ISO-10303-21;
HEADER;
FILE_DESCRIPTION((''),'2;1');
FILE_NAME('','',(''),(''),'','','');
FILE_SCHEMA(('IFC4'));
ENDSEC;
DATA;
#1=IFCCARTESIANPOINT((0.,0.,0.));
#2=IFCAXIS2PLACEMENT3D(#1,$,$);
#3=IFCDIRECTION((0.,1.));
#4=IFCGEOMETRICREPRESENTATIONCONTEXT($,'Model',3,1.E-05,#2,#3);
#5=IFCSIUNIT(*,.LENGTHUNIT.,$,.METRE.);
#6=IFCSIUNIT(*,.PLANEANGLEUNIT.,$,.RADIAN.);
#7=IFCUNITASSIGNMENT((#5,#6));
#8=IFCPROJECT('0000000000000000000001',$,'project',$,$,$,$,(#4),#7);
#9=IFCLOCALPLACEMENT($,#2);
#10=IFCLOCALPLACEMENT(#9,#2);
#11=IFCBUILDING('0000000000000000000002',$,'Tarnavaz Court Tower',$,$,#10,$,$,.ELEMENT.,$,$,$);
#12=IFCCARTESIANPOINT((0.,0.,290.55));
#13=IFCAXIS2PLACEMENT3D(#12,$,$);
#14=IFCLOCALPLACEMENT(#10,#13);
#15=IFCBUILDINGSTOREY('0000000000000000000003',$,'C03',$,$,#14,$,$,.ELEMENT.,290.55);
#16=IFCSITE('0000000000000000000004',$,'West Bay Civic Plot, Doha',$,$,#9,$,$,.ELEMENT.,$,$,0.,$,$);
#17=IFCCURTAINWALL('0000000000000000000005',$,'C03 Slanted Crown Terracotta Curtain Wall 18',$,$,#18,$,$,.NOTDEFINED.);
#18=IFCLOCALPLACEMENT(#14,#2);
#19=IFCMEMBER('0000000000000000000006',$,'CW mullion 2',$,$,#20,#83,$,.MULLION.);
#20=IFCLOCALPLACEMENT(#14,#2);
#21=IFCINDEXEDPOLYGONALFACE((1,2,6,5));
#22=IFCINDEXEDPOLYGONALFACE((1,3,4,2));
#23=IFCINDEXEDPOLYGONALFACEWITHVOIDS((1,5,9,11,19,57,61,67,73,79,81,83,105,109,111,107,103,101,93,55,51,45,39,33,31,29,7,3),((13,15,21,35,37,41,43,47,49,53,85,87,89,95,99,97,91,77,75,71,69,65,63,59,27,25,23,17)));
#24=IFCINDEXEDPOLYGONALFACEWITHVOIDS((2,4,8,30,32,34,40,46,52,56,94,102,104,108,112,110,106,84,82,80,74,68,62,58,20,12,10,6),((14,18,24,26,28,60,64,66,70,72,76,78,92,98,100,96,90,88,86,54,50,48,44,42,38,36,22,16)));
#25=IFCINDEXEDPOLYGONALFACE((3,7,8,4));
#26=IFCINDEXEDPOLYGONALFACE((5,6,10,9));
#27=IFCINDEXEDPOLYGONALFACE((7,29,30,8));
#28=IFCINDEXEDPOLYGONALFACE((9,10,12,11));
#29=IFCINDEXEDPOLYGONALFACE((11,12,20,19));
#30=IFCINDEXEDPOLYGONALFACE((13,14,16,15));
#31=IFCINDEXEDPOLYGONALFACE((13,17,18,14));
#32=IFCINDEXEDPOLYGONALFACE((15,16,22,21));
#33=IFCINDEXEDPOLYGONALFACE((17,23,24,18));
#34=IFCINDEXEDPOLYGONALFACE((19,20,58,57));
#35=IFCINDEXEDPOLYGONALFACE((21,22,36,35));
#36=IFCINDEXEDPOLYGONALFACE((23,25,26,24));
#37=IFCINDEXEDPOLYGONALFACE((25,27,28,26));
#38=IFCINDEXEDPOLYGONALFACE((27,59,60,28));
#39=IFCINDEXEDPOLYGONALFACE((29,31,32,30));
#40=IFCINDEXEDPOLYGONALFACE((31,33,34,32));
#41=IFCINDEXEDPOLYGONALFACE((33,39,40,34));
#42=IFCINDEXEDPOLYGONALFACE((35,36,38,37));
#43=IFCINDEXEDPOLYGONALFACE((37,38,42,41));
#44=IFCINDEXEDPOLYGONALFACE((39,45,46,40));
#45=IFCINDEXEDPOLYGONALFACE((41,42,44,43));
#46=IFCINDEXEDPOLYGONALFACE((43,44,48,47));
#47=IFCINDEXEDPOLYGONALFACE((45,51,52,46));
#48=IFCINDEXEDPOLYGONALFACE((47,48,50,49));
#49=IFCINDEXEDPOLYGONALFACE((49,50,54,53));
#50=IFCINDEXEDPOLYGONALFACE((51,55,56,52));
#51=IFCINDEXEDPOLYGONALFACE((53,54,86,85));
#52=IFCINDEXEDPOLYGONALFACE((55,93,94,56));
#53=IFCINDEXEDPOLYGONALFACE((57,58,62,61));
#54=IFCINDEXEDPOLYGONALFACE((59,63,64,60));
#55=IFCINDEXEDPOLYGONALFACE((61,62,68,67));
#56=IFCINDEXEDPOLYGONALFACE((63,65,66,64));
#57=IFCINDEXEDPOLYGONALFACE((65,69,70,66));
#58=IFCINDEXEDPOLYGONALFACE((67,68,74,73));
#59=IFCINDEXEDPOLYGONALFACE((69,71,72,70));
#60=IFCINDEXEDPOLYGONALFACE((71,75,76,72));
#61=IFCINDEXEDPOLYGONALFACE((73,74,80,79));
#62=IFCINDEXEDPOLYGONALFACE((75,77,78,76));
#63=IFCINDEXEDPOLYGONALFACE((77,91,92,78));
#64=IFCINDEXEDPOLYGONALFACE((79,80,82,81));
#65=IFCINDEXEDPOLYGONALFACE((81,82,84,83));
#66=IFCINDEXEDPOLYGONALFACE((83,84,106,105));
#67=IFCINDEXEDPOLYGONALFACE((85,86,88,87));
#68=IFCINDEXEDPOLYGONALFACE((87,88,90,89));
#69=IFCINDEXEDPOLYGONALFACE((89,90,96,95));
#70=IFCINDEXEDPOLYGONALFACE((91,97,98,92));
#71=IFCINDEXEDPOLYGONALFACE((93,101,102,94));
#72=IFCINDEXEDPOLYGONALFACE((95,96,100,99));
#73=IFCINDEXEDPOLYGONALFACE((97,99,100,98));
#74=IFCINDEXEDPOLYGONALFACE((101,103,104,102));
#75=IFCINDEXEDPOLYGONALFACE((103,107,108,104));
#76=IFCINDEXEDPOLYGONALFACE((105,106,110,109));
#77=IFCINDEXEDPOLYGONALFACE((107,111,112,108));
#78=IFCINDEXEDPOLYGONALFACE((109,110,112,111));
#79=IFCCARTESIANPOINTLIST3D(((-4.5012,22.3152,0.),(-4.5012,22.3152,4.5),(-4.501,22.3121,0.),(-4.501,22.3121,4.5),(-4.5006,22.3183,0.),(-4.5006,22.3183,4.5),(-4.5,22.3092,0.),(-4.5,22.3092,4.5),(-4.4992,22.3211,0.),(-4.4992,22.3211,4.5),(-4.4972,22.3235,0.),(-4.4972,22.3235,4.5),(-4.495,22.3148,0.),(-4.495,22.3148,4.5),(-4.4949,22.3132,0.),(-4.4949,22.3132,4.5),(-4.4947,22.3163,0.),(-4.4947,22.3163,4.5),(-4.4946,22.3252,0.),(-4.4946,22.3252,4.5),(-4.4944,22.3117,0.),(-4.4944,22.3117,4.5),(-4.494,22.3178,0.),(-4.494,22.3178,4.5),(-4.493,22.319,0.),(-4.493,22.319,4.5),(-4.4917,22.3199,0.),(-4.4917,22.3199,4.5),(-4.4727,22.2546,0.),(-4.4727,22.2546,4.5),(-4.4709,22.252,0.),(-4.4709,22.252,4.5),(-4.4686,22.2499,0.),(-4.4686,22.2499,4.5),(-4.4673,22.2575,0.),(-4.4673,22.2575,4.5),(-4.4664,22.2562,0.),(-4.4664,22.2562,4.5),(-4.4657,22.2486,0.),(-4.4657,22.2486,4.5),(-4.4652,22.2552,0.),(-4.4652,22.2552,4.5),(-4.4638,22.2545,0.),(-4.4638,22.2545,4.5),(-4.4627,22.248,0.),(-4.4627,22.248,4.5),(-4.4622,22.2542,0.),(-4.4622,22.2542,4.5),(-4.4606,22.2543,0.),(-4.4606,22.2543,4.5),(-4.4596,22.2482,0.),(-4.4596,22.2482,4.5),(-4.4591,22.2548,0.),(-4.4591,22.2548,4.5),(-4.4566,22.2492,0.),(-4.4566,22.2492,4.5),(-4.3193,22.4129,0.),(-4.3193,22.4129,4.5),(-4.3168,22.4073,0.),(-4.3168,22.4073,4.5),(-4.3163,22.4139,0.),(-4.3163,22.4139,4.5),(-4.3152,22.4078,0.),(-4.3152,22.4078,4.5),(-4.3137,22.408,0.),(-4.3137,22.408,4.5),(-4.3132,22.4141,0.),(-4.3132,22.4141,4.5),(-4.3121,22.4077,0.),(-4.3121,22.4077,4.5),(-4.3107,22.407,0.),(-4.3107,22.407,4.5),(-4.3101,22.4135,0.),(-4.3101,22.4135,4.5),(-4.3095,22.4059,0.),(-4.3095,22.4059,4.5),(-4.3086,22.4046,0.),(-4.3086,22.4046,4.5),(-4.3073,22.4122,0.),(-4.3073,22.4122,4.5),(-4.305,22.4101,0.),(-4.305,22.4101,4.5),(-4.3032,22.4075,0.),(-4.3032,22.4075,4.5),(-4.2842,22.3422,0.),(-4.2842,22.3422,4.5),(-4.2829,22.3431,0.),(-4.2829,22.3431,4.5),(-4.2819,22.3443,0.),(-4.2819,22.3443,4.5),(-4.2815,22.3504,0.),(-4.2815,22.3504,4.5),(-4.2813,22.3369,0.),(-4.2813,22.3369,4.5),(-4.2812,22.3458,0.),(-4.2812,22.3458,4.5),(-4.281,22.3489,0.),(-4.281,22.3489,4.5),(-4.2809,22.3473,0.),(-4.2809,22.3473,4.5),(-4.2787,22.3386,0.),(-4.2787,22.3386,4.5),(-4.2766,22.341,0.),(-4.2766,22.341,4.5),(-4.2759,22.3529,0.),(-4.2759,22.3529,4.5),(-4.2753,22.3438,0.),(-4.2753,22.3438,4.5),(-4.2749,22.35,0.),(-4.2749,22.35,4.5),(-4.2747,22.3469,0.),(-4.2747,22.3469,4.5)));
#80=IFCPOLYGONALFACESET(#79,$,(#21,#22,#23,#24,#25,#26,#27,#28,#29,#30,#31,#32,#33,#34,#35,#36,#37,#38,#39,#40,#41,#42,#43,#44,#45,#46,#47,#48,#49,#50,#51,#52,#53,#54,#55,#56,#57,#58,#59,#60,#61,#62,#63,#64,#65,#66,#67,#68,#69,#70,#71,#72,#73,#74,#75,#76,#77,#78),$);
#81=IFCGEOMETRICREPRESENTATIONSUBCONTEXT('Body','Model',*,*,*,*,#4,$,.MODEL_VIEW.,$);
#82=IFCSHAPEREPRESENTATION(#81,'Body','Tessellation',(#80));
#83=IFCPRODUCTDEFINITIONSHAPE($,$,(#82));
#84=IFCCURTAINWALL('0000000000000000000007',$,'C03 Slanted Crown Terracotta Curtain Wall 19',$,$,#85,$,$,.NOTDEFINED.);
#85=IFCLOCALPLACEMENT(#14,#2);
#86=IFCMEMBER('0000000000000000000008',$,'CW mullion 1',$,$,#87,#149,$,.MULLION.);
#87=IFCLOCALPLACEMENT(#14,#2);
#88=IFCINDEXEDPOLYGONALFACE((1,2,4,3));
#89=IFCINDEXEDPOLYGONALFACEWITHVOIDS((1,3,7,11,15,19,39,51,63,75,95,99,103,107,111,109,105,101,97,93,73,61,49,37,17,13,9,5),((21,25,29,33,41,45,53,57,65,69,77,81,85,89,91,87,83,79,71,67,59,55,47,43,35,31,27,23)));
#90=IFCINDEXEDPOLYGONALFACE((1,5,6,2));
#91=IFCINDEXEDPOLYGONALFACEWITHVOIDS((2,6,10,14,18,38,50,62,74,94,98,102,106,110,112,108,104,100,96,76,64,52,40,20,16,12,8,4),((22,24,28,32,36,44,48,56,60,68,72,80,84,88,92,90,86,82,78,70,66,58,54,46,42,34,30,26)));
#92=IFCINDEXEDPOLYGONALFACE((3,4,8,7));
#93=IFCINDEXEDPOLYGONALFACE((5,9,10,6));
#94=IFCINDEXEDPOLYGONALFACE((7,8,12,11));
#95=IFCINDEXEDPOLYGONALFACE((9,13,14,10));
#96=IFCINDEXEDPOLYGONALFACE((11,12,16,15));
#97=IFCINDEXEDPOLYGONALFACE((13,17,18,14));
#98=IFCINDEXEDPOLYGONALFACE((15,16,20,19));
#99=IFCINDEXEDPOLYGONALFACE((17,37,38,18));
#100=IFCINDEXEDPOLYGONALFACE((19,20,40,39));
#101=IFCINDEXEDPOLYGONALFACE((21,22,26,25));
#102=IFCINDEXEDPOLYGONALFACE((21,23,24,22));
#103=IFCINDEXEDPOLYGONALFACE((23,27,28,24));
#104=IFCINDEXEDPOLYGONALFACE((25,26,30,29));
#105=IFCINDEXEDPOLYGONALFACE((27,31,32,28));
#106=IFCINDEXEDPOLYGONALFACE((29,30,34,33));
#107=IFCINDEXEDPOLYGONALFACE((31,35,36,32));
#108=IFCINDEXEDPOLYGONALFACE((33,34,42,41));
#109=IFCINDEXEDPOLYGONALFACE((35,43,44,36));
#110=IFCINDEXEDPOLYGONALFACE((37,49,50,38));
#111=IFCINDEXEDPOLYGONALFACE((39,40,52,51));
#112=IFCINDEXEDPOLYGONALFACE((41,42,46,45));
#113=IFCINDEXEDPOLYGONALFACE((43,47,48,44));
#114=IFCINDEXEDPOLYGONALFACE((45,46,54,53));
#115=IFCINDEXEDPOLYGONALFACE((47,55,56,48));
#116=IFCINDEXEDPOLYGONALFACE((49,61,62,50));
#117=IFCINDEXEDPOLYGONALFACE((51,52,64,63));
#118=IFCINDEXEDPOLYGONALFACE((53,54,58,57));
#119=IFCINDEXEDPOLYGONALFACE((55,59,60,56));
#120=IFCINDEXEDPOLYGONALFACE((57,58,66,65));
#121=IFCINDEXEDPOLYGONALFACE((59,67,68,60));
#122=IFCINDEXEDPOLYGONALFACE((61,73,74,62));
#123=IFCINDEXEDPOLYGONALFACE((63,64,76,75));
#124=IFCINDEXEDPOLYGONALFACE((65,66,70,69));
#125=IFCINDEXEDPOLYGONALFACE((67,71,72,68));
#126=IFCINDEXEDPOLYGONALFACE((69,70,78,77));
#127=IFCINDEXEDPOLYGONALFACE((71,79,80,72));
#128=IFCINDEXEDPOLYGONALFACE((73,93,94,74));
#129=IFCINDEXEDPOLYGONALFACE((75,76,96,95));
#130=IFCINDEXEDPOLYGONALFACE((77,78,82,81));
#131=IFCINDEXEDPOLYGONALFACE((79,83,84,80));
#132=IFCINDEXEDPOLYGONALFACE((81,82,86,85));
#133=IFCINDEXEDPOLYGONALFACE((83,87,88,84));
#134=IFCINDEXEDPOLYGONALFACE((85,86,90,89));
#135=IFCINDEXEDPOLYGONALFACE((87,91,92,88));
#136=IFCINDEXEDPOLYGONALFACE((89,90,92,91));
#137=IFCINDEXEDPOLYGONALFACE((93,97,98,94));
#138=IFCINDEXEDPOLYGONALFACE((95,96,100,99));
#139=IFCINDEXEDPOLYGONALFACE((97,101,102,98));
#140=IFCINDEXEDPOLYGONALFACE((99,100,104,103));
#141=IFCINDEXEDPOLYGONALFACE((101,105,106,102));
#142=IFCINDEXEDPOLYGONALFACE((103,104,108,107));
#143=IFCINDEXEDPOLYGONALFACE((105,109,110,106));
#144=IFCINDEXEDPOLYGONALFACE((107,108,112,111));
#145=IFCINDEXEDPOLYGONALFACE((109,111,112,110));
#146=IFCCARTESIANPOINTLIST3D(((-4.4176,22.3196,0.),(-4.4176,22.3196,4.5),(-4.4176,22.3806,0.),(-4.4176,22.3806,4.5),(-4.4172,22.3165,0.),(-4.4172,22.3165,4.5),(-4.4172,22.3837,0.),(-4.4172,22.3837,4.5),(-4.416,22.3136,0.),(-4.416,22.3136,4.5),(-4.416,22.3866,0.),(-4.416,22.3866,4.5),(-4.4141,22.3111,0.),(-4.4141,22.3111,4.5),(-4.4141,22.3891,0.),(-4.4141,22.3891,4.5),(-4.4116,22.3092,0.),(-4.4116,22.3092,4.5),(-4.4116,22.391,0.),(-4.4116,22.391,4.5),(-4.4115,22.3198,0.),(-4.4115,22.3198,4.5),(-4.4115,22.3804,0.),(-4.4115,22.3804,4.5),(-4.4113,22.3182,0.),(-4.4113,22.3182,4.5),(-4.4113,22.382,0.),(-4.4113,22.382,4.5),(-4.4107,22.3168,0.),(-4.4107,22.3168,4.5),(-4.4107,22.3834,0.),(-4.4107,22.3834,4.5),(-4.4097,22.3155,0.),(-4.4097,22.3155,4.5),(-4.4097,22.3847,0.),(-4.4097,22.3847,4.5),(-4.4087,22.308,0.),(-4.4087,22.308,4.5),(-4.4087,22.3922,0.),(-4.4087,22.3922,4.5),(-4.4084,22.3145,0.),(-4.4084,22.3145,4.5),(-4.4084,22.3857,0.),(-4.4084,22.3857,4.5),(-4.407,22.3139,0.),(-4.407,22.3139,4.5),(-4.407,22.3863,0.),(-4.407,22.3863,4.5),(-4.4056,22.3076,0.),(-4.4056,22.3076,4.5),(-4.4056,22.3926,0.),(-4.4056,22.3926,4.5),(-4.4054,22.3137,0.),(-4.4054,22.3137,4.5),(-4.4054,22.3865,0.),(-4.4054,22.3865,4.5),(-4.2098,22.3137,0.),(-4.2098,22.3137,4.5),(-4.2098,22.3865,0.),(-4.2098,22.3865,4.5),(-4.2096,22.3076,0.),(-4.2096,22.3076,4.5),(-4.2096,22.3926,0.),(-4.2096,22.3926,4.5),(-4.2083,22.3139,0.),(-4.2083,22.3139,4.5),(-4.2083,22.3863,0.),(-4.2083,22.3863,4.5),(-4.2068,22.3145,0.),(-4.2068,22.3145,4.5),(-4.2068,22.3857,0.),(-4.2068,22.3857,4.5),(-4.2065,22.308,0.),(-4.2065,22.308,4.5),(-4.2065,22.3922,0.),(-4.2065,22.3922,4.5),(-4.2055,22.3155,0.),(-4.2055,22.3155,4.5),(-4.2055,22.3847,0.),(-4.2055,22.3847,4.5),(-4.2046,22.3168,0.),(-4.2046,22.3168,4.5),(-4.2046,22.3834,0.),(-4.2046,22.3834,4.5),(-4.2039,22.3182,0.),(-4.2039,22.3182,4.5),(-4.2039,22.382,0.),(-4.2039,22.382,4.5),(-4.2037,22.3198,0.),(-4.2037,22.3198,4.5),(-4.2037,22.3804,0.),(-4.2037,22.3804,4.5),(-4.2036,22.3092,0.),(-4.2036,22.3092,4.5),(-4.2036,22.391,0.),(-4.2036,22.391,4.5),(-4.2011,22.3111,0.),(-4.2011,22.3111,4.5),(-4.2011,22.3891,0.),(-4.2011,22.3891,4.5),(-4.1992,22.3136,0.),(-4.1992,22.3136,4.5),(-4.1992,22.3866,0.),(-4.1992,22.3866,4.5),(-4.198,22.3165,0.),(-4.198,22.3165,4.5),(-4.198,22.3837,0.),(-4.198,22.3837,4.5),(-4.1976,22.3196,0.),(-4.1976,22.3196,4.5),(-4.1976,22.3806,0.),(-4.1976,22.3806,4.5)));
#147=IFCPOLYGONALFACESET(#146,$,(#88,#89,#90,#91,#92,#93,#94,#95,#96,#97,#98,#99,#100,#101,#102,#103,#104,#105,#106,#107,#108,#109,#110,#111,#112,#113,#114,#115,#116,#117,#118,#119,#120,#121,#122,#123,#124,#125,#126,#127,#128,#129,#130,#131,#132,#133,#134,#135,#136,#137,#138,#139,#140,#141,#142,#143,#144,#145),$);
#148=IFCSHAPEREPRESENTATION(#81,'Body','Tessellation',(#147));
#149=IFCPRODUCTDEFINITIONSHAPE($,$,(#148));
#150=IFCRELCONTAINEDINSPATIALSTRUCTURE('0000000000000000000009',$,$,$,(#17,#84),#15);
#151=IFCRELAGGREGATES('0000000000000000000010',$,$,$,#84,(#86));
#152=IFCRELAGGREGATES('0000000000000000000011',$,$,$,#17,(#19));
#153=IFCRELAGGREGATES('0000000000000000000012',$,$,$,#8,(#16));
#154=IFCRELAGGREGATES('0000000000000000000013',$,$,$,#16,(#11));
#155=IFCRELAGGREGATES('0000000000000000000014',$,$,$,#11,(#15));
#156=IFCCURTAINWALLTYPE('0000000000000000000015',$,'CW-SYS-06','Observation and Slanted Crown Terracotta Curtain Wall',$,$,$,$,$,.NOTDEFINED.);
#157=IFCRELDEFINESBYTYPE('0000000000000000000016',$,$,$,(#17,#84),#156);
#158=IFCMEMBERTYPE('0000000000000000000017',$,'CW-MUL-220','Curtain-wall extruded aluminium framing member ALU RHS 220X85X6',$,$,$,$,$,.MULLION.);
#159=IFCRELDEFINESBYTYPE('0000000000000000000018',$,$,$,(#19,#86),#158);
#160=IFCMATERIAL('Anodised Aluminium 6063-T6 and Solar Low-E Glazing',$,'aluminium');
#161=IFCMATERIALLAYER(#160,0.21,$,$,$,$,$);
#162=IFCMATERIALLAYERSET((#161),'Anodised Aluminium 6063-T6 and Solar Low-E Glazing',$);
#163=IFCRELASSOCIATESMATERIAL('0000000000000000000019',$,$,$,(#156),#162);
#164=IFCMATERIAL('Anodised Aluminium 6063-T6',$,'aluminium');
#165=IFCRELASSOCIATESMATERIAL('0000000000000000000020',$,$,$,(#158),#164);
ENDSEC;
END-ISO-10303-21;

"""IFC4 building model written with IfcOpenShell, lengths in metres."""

from ifc_helpers import new_model, si_unit, direction, frame, origin, origin_2d, place, context, subcontext, project, spatial, hollow_rectangle, extrude, material, layer, layer_set, material_profile, profile_set, type_object, element, aggregate, save


model = new_model("IFC4")

# Units and contexts
model_context = context("Model", 3, precision=1e-05, world=origin(), true_north=direction((0.0, 1.0)))
body_context = subcontext(model_context, "Body", "Model", "MODEL_VIEW")
ifc_project = project(units=[si_unit("LENGTHUNIT", "METRE"), si_unit("PLANEANGLEUNIT", "RADIAN")], contexts=[model_context])

# Site, building, storey
site_placement = place(None, origin())
site = spatial("IfcSite", under=ifc_project, at=site_placement, Name="West Bay Civic Plot, Doha", CompositionType="ELEMENT", RefElevation=0.0)
building_placement = place(site_placement, origin())
building = spatial("IfcBuilding", under=site, at=building_placement, Name="Tarnavaz Court Tower", CompositionType="ELEMENT")
storey_placement = place(building_placement, frame((0.0, 0.0, 290.55)))
storey = spatial("IfcBuildingStorey", under=building, at=storey_placement, Name="C03", CompositionType="ELEMENT", Elevation=290.55)

# Curtain wall, member
ifc_material_1 = material(Name="Anodised Aluminium 6063-T6 and Solar Low-E Glazing", Category="aluminium")
ifc_layer_1 = layer(ifc_material_1, 0.21)
ifc_layer_set_1 = layer_set([ifc_layer_1], Name="Anodised Aluminium 6063-T6 and Solar Low-E Glazing")
curtain_wall_type = type_object("IfcCurtainWallType", Name="CW-SYS-06", Description="Observation and Slanted Crown Terracotta Curtain Wall", PredefinedType="NOTDEFINED", material=ifc_layer_set_1)
ifc_material_2 = material(Name="Anodised Aluminium 6063-T6", Category="aluminium")
ifc_material_profile_1 = material_profile(ifc_material_2, hollow_rectangle(XDim=0.085, YDim=0.22, WallThickness=0.0061, InnerFilletRadius=0.0061, OuterFilletRadius=0.012, at=origin_2d()), Name="ALU RHS 220X85X6")
ifc_profile_set_1 = profile_set([ifc_material_profile_1], Name="Anodised Aluminium 6063-T6")
member_type_1 = type_object("IfcMemberType", Name="CW-MUL-220", Description="Curtain-wall extruded aluminium framing member ALU RHS 220X85X6", PredefinedType="MULLION", material=ifc_profile_set_1)
curtain_wall_1_placement = place(storey_placement, origin())
curtain_wall_1 = element("IfcCurtainWall", 1, at=curtain_wall_1_placement, inside=storey, type_object=curtain_wall_type, Name="C03 Slanted Crown Terracotta Curtain Wall 18", PredefinedType="NOTDEFINED")
member_1_placement = place(storey_placement, frame((-4.3879, 22.3311, 0.0), z_axis=(0.0, 0.0, 1.0), x_axis=(-0.447214, 0.894427, 0.0)))
member_1 = element("IfcMember", 2, at=member_1_placement, type_object=member_type_1, Name="CW mullion 2", PredefinedType="MULLION", context=body_context, shape_type="SweptSolid", body=[
    extrude(hollow_rectangle(XDim=0.085, YDim=0.22, WallThickness=0.0061, InnerFilletRadius=0.0061, OuterFilletRadius=0.012, at=origin_2d()), origin(), (0.0, 0.0, 1.0), 4.5),
])

# Curtain wall, member
curtain_wall_2_placement = place(storey_placement, origin())
curtain_wall_2 = element("IfcCurtainWall", 3, at=curtain_wall_2_placement, inside=storey, type_object=curtain_wall_type, Name="C03 Slanted Crown Terracotta Curtain Wall 19", PredefinedType="NOTDEFINED")
member_2_placement = place(storey_placement, frame((-4.3076, 22.3501, 0.0), z_axis=(0.0, 0.0, 1.0), x_axis=(0.0, 1.0, 0.0)))
member_2 = element("IfcMember", 4, at=member_2_placement, type_object=member_type_1, Name="CW mullion 1", PredefinedType="MULLION", context=body_context, shape_type="SweptSolid", body=[
    extrude(hollow_rectangle(XDim=0.085, YDim=0.22, WallThickness=0.0061, InnerFilletRadius=0.0061, OuterFilletRadius=0.012, at=origin_2d()), origin(), (0.0, 0.0, 1.0), 4.5),
])

aggregate(curtain_wall_2, [member_2])

aggregate(curtain_wall_1, [member_1])

save(model, "model.ifc")
